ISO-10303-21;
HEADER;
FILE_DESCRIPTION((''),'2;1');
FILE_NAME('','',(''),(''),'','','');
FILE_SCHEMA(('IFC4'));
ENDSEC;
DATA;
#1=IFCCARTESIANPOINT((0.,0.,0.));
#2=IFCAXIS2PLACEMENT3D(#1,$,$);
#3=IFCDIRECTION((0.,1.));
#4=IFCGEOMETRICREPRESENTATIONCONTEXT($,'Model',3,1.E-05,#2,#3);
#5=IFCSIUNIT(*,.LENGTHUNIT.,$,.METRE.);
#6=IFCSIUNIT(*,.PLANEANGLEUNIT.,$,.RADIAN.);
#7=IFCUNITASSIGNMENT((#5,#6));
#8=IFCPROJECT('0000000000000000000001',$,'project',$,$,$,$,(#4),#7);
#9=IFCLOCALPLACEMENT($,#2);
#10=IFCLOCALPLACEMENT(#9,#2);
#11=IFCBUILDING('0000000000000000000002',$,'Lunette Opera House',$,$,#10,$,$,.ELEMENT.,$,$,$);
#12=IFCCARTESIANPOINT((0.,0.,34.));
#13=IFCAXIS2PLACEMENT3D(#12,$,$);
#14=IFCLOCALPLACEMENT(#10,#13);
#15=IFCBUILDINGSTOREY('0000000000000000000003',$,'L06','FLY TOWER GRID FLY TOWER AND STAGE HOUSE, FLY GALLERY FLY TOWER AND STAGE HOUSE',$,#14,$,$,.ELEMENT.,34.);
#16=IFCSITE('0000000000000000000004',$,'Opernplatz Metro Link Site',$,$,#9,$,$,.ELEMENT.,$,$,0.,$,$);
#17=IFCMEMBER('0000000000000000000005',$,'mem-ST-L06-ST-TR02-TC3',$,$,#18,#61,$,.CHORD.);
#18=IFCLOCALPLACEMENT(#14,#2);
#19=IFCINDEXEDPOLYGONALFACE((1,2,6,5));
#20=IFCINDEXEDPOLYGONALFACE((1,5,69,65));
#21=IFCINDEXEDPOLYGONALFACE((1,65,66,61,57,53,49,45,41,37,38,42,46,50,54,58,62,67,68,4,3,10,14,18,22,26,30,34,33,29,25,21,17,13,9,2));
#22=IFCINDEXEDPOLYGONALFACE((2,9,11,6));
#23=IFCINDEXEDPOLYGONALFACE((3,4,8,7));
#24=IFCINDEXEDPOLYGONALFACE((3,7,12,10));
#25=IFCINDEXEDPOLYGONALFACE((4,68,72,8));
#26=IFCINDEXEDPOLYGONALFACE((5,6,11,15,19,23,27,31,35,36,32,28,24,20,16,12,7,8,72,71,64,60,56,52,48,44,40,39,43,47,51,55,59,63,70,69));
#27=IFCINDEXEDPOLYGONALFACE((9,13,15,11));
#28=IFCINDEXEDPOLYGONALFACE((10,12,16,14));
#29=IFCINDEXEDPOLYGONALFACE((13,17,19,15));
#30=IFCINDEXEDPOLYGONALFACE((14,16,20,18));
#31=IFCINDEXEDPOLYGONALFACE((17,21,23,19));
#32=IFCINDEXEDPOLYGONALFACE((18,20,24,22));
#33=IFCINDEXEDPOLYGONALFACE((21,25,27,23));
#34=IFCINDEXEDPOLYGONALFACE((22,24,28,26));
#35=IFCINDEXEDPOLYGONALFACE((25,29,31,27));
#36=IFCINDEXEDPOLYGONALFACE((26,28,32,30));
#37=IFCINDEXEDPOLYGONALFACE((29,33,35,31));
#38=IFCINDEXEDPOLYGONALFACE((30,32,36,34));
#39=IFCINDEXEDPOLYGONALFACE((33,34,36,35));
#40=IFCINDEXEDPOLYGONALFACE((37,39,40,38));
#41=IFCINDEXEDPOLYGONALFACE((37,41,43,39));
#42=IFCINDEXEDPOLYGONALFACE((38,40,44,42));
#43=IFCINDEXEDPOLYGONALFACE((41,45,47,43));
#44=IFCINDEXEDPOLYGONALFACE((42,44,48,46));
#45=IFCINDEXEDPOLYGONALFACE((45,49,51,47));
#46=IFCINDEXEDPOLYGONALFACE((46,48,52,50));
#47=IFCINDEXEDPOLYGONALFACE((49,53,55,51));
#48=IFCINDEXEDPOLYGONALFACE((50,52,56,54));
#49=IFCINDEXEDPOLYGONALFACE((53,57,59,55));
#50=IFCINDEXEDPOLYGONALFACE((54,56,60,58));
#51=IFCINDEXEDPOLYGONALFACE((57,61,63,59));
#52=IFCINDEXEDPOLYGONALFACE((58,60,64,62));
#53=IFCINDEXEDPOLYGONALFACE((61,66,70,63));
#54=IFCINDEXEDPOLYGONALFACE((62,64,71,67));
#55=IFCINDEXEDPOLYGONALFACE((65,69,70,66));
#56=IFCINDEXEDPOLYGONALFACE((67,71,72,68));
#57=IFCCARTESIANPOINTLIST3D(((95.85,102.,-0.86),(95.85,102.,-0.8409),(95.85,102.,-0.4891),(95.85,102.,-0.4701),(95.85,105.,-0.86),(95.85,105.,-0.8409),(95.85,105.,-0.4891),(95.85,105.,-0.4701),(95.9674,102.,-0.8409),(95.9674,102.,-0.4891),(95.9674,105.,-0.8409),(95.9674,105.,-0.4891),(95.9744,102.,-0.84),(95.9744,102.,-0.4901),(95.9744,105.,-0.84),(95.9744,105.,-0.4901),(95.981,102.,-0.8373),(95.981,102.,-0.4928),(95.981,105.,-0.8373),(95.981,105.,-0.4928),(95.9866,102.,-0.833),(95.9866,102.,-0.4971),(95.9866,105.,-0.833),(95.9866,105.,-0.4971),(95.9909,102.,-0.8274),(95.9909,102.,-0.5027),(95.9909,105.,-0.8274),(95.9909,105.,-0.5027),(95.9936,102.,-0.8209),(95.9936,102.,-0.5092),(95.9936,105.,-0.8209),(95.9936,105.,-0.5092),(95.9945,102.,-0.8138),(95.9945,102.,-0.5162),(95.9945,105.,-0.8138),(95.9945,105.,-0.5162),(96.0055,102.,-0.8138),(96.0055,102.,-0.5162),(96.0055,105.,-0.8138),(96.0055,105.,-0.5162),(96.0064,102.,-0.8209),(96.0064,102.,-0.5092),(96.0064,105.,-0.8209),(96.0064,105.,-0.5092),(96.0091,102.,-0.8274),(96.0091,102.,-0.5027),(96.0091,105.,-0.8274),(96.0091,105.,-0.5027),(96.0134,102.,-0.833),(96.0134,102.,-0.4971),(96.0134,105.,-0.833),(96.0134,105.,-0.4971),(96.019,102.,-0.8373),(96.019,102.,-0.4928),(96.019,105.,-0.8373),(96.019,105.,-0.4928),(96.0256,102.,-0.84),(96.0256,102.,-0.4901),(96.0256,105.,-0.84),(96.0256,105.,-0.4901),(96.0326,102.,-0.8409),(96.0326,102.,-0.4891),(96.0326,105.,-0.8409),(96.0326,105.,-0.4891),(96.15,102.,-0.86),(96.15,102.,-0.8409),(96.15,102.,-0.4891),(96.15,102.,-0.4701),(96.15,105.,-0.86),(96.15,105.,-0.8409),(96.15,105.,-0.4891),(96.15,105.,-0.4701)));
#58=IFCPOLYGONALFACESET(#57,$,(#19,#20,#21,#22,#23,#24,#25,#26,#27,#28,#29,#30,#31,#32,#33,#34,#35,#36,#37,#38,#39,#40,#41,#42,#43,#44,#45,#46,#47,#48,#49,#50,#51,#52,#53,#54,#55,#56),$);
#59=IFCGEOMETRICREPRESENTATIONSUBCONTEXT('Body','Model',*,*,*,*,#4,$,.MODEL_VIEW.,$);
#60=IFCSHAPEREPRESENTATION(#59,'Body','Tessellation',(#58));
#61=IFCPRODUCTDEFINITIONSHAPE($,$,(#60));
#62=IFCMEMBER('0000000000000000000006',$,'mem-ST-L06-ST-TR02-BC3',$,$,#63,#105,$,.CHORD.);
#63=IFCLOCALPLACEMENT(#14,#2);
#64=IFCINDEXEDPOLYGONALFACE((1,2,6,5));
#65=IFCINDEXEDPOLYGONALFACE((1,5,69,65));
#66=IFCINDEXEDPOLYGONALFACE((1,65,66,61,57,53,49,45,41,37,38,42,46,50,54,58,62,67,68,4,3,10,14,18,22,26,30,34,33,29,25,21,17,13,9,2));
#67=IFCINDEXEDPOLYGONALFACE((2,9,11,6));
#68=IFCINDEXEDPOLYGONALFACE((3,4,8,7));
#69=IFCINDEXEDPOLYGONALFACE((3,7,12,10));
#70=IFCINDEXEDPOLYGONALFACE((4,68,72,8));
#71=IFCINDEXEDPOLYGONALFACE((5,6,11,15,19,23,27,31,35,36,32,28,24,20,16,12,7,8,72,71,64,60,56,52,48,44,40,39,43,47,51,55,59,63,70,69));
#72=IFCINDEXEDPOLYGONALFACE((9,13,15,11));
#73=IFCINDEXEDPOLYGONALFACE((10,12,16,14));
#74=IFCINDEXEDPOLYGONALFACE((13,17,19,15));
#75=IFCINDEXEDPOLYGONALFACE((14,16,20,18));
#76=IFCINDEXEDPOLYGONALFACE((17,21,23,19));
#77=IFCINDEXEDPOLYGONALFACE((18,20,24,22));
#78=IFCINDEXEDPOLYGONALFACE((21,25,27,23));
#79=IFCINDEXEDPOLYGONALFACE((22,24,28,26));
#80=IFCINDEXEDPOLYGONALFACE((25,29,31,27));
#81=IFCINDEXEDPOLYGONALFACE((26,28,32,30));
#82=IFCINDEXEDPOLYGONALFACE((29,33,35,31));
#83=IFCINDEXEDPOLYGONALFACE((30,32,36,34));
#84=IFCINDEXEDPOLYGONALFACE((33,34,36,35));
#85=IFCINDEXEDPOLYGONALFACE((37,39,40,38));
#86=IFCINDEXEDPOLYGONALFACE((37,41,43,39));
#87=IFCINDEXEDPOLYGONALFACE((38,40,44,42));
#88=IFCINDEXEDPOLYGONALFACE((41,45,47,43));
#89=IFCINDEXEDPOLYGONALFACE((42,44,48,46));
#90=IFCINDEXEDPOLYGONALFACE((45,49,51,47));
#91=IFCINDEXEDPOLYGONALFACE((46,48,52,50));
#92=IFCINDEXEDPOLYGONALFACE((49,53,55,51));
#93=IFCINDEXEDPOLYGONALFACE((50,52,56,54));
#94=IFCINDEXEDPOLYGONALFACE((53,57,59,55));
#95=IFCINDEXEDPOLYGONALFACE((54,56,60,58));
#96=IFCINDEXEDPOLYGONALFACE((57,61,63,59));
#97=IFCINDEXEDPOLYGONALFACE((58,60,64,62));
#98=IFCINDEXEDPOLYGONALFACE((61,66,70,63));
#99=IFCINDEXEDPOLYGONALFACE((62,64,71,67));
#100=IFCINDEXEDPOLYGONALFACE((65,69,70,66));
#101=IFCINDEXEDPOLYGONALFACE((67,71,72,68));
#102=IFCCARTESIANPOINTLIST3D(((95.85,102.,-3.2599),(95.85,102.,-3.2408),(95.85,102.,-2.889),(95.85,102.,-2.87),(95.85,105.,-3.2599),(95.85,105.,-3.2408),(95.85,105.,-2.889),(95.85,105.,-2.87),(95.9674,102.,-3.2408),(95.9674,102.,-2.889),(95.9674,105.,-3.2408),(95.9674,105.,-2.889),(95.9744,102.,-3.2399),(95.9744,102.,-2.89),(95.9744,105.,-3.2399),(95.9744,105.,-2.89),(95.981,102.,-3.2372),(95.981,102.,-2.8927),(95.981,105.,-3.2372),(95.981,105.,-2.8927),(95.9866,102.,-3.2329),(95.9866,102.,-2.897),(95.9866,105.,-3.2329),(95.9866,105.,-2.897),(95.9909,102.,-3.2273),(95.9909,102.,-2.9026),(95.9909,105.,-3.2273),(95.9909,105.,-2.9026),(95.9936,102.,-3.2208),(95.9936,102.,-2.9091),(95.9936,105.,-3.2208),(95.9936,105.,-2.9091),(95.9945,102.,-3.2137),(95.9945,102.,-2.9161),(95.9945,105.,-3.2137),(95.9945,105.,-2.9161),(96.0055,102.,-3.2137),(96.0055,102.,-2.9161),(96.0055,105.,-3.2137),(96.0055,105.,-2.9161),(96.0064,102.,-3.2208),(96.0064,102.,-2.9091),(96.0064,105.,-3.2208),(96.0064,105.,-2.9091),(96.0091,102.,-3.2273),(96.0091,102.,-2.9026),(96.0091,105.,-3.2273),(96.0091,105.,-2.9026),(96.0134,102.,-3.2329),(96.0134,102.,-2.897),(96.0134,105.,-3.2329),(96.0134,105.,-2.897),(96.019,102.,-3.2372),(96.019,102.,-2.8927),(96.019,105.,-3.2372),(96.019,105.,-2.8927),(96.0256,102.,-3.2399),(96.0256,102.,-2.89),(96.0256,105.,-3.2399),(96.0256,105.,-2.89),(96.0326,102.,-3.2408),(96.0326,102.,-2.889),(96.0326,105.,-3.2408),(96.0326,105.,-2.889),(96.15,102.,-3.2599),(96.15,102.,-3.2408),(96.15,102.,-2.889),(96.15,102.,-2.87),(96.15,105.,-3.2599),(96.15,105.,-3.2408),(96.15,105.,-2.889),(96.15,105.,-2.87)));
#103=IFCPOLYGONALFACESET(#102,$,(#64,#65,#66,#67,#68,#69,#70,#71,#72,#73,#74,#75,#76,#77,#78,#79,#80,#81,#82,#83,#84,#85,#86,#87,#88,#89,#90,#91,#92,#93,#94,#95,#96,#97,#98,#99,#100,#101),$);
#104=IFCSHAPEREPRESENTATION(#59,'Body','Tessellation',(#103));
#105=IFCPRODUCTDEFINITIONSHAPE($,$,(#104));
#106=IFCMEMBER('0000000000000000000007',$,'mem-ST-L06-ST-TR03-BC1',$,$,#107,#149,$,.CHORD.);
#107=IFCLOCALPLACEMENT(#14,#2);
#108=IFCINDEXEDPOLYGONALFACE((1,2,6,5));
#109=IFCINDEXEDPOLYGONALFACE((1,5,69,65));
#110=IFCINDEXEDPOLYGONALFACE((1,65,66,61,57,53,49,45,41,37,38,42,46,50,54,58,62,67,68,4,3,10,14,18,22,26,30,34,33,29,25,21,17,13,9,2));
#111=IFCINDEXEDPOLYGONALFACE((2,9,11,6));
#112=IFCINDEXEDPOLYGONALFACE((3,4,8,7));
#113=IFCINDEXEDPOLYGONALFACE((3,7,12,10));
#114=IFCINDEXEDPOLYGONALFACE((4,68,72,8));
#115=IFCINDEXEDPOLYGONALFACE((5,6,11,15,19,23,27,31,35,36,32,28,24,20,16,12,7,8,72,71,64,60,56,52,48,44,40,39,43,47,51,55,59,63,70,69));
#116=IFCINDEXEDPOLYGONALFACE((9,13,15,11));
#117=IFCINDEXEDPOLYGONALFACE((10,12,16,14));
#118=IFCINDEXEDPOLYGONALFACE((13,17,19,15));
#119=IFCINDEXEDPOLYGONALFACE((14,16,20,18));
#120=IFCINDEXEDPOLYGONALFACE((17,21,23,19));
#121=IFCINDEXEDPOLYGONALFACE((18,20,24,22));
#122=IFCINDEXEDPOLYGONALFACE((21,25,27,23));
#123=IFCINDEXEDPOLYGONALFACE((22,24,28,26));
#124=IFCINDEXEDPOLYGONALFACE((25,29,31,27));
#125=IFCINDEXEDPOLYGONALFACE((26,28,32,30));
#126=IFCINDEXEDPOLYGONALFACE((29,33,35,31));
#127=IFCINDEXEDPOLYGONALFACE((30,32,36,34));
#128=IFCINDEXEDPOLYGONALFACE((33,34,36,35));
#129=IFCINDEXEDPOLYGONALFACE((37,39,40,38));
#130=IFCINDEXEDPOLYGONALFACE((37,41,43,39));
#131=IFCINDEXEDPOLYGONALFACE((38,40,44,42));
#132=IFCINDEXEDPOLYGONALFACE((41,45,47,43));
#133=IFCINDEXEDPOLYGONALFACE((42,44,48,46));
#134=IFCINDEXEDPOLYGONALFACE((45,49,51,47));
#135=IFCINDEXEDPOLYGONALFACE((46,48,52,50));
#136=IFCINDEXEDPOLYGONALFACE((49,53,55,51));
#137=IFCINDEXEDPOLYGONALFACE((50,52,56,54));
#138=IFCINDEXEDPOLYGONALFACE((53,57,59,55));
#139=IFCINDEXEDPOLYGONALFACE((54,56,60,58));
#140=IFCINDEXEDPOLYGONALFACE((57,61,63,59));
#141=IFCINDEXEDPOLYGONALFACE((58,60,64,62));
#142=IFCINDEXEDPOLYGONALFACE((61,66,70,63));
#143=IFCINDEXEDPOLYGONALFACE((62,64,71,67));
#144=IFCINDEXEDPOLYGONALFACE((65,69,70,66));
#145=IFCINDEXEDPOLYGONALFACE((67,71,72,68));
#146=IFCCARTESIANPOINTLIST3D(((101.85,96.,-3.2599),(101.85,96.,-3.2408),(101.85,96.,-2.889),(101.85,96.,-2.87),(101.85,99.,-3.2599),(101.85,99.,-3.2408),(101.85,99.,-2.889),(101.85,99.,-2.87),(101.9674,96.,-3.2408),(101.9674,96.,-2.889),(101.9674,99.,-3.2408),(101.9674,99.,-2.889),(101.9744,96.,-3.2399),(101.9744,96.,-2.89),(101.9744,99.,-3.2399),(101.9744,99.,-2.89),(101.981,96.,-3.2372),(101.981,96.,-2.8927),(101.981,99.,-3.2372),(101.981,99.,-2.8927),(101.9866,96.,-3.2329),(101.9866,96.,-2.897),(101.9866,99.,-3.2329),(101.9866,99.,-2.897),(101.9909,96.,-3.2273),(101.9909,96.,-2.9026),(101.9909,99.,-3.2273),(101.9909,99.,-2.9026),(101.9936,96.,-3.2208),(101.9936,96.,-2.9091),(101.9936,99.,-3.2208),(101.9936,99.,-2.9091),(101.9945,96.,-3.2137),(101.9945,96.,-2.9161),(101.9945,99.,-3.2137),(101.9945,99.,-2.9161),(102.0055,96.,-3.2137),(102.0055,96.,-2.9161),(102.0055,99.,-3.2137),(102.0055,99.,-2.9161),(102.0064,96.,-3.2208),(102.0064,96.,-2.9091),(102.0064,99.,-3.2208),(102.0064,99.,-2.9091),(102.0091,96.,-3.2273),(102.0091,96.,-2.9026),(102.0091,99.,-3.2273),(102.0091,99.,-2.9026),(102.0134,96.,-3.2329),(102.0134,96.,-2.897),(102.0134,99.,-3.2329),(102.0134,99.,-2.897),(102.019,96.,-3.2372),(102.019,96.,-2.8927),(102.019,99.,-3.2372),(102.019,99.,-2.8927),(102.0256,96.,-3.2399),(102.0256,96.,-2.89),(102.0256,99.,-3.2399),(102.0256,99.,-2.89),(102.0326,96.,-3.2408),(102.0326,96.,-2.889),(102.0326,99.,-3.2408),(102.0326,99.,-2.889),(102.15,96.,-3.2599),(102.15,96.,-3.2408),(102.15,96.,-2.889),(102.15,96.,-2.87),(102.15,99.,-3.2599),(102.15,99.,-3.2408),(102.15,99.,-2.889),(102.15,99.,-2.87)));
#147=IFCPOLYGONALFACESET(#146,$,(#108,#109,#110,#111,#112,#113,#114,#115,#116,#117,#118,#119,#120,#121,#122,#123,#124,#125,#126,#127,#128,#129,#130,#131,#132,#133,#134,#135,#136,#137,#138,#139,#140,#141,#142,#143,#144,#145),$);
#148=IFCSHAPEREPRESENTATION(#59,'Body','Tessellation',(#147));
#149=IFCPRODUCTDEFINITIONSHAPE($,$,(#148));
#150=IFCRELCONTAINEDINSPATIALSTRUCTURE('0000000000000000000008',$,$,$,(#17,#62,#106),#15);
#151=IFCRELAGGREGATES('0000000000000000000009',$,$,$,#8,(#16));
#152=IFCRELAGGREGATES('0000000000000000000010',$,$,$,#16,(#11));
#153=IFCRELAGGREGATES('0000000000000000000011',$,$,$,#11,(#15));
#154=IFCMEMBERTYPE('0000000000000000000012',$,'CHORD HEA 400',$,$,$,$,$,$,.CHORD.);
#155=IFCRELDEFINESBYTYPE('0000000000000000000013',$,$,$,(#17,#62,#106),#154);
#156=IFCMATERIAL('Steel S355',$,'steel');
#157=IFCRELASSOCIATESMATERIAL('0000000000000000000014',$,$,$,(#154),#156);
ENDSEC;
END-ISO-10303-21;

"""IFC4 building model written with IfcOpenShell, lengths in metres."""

from ifc_helpers import new_model, si_unit, direction, frame, origin, origin_2d, place, context, subcontext, project, spatial, i_section, extrude, material, material_profile, profile_set, type_object, element, save


model = new_model("IFC4")

# Units and contexts
model_context = context("Model", 3, precision=1e-05, world=origin(), true_north=direction((0.0, 1.0)))
body_context = subcontext(model_context, "Body", "Model", "MODEL_VIEW")
ifc_project = project(units=[si_unit("LENGTHUNIT", "METRE"), si_unit("PLANEANGLEUNIT", "RADIAN")], contexts=[model_context])

# Site, building, storey
site_placement = place(None, origin())
site = spatial("IfcSite", under=ifc_project, at=site_placement, Name="Opernplatz Metro Link Site", CompositionType="ELEMENT", RefElevation=0.0)
building_placement = place(site_placement, origin())
building = spatial("IfcBuilding", under=site, at=building_placement, Name="Lunette Opera House", CompositionType="ELEMENT")
storey_placement = place(building_placement, frame((0.0, 0.0, 34.0)))
storey = spatial("IfcBuildingStorey", under=building, at=storey_placement, Name="L06", Description="FLY TOWER GRID FLY TOWER AND STAGE HOUSE, FLY GALLERY FLY TOWER AND STAGE HOUSE", CompositionType="ELEMENT", Elevation=34.0)

# Members
ifc_material_1 = material(Name="Steel S355", Category="steel")
ifc_material_profile_1 = material_profile(ifc_material_1, i_section(OverallWidth=0.3, OverallDepth=0.3899, WebThickness=0.011, FlangeThickness=0.019, FilletRadius=0.0271, at=origin_2d()), Name="HEA 400")
ifc_profile_set_1 = profile_set([ifc_material_profile_1], Name="Steel S355")
member_type_1 = type_object("IfcMemberType", Name="CHORD HEA 400", PredefinedType="CHORD", material=ifc_profile_set_1)
for number, where, z_axis, x_axis, name in (
    (1, (96.0, 102.0, -0.665), (0.0, 1.0, 0.0), (-1.0, 0.0, 0.0), "mem-ST-L06-ST-TR02-TC3"),
    (2, (96.0, 102.0, -3.0649), (0.0, 1.0, 0.0), (-1.0, 0.0, 0.0), "mem-ST-L06-ST-TR02-BC3"),
    (3, (102.0, 96.0, -3.0649), (0.0, 1.0, 0.0), (-1.0, 0.0, 0.0), "mem-ST-L06-ST-TR03-BC1"),
):
    element("IfcMember", number, at=place(storey_placement, frame(where, z_axis=z_axis, x_axis=x_axis)), inside=storey, type_object=member_type_1, Name=name, PredefinedType="CHORD", context=body_context, shape_type="SweptSolid", body=[
        extrude(i_section(OverallWidth=0.3, OverallDepth=0.3899, WebThickness=0.011, FlangeThickness=0.019, FilletRadius=0.0271, at=origin_2d()), origin(), (0.0, 0.0, 1.0), 3.0),
    ])

save(model, "model.ifc")
